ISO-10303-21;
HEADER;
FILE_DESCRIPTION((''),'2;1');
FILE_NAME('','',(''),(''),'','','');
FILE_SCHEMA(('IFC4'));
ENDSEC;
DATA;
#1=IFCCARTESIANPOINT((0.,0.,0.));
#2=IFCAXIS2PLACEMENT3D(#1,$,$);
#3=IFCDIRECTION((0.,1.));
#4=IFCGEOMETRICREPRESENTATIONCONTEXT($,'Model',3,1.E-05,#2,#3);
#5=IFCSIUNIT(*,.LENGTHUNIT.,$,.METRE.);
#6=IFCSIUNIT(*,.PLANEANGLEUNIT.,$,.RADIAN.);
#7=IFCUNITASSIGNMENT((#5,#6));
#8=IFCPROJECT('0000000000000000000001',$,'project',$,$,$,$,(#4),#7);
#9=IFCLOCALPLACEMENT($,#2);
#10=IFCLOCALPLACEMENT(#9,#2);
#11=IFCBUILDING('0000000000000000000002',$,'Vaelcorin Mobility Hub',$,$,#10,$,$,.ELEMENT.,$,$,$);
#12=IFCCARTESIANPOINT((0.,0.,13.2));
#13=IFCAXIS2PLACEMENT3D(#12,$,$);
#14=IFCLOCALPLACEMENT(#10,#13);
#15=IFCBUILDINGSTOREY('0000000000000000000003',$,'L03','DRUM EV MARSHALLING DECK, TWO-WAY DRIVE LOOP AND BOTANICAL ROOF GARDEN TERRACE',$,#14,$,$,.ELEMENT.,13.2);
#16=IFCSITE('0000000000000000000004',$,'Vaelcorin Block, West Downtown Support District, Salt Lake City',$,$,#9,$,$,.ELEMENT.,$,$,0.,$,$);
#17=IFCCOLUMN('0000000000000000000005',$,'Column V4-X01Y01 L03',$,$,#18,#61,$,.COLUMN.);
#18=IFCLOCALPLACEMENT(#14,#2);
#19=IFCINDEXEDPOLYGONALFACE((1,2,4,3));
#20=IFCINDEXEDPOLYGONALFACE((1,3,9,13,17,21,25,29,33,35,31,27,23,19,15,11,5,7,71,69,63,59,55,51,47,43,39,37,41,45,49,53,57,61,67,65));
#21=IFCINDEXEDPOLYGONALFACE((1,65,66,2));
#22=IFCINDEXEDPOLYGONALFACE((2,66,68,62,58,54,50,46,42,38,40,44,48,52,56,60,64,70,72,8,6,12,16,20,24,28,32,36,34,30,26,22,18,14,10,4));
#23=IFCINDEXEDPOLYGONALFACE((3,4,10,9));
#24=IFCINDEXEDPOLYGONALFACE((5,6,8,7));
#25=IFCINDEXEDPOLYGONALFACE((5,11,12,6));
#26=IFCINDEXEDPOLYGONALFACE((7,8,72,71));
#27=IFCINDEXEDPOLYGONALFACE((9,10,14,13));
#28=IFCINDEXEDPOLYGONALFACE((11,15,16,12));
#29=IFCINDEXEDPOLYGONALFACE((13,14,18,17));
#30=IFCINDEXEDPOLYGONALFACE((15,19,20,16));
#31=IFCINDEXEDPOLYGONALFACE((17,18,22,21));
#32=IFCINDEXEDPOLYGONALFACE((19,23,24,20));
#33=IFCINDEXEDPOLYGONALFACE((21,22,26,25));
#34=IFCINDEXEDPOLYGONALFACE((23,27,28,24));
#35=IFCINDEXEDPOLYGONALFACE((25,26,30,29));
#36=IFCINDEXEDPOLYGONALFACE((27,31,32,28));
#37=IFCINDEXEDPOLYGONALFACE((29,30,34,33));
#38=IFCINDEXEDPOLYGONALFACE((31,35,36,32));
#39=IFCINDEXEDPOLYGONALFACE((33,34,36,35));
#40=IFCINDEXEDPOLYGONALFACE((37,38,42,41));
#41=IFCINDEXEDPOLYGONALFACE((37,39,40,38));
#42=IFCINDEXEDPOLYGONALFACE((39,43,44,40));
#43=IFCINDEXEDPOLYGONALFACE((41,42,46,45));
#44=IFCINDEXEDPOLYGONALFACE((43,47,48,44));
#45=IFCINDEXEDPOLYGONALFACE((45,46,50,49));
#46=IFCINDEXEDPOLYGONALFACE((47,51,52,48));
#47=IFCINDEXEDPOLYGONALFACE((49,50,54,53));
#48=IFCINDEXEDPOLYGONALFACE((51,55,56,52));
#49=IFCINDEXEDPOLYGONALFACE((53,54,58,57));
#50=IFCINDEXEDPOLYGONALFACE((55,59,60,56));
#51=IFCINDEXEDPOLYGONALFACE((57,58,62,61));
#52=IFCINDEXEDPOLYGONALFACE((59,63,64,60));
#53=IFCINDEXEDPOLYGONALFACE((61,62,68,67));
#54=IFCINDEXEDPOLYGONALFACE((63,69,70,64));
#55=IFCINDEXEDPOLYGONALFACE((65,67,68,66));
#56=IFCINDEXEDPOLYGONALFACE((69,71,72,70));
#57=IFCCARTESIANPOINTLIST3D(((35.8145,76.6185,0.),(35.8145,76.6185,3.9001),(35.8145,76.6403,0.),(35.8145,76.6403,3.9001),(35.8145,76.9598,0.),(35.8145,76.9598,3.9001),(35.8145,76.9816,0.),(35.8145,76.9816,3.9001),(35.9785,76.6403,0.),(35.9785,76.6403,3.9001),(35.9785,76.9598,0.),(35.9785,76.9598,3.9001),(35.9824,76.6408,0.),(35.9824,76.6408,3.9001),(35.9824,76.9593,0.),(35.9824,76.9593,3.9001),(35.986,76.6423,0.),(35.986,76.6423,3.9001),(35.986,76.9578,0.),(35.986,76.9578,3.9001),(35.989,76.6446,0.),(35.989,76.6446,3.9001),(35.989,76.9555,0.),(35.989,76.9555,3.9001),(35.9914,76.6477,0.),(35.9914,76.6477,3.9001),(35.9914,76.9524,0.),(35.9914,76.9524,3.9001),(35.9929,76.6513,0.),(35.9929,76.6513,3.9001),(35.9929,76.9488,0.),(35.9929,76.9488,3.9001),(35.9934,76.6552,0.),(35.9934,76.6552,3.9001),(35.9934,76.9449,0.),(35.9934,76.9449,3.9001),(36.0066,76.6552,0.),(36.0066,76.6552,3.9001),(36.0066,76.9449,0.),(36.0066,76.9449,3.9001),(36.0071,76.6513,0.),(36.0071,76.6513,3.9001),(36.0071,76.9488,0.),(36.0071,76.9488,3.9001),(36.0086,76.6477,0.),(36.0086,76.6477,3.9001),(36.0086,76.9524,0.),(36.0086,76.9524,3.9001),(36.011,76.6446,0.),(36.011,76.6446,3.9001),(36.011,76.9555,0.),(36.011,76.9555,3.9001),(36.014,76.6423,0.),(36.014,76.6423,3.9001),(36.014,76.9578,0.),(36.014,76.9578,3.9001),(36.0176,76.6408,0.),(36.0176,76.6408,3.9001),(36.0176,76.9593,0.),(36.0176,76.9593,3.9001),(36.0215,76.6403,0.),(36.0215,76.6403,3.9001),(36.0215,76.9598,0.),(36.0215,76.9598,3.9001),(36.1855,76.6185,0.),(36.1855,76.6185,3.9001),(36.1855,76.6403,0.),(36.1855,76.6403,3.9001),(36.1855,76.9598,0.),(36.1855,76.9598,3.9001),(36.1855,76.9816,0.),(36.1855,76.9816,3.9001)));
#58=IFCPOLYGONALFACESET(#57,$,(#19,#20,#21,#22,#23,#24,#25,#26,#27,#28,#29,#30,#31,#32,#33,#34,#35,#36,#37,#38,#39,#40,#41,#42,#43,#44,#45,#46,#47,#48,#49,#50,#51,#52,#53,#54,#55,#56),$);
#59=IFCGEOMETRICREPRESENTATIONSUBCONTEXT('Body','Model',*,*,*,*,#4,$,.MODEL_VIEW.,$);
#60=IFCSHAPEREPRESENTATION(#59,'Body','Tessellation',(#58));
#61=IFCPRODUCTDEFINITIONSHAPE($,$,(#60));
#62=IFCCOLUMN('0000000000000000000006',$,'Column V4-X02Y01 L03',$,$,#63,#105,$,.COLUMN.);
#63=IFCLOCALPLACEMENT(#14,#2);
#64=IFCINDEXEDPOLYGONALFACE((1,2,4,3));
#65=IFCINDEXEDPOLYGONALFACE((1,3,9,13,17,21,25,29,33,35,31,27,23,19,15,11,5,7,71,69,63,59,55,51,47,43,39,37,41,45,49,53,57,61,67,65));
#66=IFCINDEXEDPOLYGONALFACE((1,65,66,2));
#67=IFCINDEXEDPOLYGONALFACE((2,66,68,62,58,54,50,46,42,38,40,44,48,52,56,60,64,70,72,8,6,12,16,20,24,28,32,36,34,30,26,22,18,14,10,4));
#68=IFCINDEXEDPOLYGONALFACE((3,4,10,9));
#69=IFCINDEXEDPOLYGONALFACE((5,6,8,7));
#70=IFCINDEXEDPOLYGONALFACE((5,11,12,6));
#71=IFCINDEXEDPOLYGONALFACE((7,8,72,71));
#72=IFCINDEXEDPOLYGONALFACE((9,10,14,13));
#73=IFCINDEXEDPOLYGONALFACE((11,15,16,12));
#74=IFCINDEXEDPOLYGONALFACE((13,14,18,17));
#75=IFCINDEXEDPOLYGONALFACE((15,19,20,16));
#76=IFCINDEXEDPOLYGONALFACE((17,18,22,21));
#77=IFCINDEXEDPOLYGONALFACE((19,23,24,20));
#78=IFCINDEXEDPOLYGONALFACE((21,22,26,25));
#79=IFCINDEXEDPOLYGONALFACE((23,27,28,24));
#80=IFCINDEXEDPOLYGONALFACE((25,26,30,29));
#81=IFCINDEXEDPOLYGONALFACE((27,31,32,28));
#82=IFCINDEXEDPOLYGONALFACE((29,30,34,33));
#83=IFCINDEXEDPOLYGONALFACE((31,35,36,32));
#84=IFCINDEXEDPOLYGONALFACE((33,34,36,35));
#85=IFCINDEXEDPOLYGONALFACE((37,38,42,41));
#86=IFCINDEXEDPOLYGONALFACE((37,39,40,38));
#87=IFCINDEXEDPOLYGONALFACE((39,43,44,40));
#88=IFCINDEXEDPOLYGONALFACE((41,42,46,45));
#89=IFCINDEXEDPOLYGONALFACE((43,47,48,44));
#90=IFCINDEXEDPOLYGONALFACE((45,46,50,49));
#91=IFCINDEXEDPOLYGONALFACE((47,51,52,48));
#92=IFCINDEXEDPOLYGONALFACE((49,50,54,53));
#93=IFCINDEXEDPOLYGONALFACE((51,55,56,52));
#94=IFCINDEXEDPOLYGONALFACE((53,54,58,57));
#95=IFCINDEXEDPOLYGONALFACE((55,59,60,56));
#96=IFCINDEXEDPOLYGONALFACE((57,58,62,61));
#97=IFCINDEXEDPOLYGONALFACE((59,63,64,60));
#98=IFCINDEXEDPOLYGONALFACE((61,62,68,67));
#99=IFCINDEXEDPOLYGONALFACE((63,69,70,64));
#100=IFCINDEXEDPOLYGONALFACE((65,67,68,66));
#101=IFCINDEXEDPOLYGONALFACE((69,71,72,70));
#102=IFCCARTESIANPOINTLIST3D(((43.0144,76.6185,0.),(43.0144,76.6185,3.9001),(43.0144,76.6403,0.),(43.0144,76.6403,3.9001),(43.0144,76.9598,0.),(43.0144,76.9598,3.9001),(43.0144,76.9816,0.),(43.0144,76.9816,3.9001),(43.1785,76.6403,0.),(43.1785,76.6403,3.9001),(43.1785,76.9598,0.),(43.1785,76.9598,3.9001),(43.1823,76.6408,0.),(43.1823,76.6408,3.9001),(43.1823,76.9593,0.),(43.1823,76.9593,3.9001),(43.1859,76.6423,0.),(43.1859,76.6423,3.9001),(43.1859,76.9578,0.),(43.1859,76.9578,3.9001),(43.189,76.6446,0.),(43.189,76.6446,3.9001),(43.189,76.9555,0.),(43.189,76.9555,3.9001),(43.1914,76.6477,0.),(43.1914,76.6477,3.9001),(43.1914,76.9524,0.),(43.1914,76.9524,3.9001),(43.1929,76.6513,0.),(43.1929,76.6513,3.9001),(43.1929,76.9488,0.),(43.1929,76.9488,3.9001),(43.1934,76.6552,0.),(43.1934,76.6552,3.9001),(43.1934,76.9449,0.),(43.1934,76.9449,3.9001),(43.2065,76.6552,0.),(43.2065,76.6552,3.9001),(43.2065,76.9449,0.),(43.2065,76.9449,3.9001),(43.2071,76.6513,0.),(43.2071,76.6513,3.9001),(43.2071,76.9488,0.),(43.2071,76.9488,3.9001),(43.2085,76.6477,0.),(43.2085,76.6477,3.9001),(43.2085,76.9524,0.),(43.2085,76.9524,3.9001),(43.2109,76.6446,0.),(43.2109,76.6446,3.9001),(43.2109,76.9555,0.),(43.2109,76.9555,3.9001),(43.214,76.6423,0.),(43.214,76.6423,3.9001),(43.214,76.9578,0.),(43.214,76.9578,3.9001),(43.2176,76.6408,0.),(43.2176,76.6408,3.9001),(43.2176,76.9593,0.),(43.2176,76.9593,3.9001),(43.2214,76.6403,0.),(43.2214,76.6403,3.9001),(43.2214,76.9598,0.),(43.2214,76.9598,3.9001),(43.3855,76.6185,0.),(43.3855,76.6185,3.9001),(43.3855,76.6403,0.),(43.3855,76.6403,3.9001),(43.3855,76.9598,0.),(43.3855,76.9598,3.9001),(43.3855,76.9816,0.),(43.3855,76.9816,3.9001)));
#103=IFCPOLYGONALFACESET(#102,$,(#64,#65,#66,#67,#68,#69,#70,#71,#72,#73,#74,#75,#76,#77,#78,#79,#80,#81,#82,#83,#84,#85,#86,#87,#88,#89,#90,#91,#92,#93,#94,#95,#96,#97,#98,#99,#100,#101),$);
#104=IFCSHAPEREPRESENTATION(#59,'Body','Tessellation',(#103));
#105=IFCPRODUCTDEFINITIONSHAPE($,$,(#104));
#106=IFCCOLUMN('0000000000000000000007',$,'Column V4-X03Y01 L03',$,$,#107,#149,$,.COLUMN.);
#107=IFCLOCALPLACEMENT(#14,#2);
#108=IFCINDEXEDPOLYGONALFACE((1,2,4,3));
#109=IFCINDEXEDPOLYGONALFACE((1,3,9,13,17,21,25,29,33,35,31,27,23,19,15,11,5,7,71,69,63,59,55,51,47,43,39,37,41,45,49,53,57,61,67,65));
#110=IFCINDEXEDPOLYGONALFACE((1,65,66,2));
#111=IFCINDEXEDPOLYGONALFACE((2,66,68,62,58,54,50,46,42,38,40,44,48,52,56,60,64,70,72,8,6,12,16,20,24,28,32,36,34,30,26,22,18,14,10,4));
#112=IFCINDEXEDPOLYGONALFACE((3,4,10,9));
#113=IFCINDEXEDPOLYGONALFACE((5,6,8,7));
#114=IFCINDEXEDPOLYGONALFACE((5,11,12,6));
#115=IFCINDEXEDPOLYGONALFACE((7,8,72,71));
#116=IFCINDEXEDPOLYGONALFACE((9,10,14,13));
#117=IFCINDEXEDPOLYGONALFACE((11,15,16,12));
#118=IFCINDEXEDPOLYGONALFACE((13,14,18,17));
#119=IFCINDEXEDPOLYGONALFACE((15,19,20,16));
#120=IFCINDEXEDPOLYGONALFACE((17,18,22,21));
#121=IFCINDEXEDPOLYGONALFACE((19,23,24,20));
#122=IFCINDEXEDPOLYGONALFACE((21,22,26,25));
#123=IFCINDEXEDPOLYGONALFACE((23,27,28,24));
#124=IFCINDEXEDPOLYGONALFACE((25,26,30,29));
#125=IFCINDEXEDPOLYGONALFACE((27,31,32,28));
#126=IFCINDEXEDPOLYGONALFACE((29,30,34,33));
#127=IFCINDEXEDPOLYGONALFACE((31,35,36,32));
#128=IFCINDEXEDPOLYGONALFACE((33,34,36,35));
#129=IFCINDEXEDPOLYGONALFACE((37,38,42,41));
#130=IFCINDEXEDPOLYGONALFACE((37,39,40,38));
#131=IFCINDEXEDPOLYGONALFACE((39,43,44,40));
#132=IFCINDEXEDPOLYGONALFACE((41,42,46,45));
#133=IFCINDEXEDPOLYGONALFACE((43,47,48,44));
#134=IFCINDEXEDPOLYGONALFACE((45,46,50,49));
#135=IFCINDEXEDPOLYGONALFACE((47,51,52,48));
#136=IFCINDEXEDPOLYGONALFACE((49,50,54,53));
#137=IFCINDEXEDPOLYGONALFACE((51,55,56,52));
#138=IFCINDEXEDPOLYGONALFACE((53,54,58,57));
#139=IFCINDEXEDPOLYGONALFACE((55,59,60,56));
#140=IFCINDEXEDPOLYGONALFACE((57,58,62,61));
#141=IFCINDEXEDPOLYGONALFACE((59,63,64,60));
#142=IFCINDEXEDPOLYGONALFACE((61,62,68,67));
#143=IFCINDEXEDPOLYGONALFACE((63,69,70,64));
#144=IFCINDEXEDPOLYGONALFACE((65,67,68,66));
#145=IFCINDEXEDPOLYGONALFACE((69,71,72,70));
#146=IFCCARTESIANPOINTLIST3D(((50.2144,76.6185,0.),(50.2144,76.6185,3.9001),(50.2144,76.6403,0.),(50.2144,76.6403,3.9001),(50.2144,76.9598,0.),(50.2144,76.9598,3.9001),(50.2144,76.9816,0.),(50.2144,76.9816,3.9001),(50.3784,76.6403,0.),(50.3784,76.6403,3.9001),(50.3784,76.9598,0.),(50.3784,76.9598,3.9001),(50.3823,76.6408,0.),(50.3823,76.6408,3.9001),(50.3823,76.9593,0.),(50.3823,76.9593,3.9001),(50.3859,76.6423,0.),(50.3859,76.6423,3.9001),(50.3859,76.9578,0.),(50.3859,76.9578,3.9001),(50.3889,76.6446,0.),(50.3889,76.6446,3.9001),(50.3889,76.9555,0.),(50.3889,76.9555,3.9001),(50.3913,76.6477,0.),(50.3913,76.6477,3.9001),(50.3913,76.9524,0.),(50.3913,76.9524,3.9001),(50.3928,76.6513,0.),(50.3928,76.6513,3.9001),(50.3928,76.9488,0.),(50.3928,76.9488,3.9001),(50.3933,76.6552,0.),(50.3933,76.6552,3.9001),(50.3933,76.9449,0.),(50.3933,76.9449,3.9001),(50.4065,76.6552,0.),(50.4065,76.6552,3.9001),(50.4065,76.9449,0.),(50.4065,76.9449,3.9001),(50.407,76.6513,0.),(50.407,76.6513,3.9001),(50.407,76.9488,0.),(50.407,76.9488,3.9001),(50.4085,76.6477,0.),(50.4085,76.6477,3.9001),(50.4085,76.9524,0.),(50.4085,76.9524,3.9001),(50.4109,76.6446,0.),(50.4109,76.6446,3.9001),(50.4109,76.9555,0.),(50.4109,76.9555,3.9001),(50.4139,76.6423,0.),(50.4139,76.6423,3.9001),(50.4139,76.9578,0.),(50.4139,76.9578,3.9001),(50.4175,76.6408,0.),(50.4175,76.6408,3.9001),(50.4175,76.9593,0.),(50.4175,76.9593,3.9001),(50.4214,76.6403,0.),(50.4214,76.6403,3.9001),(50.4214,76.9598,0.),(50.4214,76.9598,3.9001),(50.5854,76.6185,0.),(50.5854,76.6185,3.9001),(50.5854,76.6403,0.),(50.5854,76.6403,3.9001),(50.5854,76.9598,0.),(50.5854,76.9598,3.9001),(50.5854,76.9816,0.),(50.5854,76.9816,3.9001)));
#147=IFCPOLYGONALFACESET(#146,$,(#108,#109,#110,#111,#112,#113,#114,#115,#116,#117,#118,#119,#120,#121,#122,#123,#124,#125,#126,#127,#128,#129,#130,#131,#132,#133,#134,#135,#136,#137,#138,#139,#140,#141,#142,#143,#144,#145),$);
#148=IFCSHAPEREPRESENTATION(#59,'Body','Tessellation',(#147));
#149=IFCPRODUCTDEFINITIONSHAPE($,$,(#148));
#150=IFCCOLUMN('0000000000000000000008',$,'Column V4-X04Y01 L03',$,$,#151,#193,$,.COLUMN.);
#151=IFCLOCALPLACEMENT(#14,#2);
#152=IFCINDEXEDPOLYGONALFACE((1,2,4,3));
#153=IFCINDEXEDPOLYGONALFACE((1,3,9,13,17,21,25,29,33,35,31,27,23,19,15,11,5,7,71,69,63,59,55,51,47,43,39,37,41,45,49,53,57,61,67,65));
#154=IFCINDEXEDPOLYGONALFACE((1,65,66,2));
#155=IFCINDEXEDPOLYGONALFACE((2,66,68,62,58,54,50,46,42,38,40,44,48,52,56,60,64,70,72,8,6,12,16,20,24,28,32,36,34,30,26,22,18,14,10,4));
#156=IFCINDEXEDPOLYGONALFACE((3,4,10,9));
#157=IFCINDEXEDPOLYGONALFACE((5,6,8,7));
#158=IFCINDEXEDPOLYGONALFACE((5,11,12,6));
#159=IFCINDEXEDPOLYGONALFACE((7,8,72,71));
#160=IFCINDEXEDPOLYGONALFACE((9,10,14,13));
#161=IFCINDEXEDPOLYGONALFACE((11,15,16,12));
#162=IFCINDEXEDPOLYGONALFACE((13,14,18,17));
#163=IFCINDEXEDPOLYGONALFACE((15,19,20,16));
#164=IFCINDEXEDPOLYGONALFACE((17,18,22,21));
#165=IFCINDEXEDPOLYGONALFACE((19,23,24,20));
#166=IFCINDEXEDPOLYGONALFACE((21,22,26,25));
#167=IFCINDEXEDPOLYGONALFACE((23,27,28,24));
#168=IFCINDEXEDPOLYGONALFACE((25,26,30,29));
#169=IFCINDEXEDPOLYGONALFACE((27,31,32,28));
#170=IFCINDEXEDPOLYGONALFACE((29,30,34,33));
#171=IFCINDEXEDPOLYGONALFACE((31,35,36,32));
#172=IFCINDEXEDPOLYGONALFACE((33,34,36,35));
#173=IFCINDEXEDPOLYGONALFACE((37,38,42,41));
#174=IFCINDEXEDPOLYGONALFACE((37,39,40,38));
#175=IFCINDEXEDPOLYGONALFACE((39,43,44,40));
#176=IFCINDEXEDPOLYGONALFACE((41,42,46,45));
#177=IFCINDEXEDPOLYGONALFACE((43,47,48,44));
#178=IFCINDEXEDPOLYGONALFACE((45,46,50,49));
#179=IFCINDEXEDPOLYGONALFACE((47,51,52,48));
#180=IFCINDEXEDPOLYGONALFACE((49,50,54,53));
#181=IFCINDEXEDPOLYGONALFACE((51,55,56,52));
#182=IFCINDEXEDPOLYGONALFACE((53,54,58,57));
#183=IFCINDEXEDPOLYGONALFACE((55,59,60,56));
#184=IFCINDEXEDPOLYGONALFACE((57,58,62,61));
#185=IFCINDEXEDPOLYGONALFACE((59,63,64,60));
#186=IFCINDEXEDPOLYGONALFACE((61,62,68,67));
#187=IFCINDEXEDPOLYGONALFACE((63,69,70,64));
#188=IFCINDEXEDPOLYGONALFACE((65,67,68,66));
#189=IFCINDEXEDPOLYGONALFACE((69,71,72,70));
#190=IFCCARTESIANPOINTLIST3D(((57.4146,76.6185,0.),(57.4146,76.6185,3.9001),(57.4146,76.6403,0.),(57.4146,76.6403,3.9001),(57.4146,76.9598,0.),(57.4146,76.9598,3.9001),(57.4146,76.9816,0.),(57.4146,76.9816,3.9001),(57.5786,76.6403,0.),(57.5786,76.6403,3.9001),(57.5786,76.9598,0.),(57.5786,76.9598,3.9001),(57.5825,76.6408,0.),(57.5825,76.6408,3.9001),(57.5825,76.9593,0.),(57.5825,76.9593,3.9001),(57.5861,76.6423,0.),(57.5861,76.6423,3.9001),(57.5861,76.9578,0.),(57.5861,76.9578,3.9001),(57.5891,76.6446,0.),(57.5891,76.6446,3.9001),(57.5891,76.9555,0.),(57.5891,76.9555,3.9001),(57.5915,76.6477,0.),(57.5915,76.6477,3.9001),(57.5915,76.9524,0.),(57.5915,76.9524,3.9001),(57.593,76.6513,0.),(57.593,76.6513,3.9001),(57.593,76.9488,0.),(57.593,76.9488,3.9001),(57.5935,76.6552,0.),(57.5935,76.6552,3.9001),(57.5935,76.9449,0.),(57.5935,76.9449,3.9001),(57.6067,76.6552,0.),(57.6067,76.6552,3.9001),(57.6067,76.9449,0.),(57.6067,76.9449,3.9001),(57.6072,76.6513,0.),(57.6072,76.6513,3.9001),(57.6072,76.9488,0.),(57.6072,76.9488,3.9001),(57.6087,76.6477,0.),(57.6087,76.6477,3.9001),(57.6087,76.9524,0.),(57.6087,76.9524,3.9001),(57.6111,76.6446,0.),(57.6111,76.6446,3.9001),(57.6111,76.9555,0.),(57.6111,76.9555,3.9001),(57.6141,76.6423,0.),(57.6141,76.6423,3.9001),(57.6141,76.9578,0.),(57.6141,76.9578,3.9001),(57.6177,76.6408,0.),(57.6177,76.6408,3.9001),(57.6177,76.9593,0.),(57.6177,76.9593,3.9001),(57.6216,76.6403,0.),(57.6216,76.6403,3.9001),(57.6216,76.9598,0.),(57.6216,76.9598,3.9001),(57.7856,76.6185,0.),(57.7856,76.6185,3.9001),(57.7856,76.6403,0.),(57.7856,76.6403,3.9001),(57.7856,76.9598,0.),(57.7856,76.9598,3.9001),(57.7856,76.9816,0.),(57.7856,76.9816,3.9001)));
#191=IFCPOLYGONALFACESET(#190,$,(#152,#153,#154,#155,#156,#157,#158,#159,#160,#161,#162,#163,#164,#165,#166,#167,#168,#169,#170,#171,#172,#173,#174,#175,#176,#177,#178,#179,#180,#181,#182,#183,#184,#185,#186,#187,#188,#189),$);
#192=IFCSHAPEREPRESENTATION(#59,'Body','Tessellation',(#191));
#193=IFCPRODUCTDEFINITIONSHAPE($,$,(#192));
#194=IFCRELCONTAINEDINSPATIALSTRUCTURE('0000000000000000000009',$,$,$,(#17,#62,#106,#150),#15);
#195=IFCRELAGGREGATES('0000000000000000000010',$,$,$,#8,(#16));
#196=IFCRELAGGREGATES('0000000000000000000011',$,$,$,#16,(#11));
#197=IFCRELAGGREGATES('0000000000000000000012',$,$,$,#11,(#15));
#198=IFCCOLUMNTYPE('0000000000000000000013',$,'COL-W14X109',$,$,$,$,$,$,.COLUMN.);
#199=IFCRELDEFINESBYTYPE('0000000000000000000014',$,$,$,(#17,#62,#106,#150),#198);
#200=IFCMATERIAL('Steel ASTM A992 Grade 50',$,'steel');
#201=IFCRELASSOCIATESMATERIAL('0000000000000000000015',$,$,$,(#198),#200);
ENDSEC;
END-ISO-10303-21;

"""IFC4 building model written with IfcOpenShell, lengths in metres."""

from ifc_helpers import new_model, si_unit, direction, frame, origin, origin_2d, place, context, subcontext, project, spatial, i_section, extrude, material, material_profile, profile_set, type_object, element, save


model = new_model("IFC4")

# Units and contexts
model_context = context("Model", 3, precision=1e-05, world=origin(), true_north=direction((0.0, 1.0)))
body_context = subcontext(model_context, "Body", "Model", "MODEL_VIEW")
ifc_project = project(units=[si_unit("LENGTHUNIT", "METRE"), si_unit("PLANEANGLEUNIT", "RADIAN")], contexts=[model_context])

# Site, building, storey
site_placement = place(None, origin())
site = spatial("IfcSite", under=ifc_project, at=site_placement, Name="Vaelcorin Block, West Downtown Support District, Salt Lake City", CompositionType="ELEMENT", RefElevation=0.0)
building_placement = place(site_placement, origin())
building = spatial("IfcBuilding", under=site, at=building_placement, Name="Vaelcorin Mobility Hub", CompositionType="ELEMENT")
storey_placement = place(building_placement, frame((0.0, 0.0, 13.2)))
storey = spatial("IfcBuildingStorey", under=building, at=storey_placement, Name="L03", Description="DRUM EV MARSHALLING DECK, TWO-WAY DRIVE LOOP AND BOTANICAL ROOF GARDEN TERRACE", CompositionType="ELEMENT", Elevation=13.2)

# Columns
ifc_material_1 = material(Name="Steel ASTM A992 Grade 50", Category="steel")
ifc_material_profile_1 = material_profile(ifc_material_1, i_section(OverallWidth=0.3711, OverallDepth=0.363, WebThickness=0.0132, FlangeThickness=0.0217, FilletRadius=0.0149, at=origin_2d()), Name="W14X109")
ifc_profile_set_1 = profile_set([ifc_material_profile_1], Name="Steel ASTM A992 Grade 50")
column_type_1 = type_object("IfcColumnType", Name="COL-W14X109", PredefinedType="COLUMN", material=ifc_profile_set_1)
for number, where, z_axis, x_axis, name in (
    (1, (36.0, 76.8, 0.0), (0.0, 0.0, 1.0), (1.0, 0.0, 0.0), "Column V4-X01Y01 L03"),
    (2, (43.2, 76.8, 0.0), (0.0, 0.0, 1.0), (1.0, 0.0, 0.0), "Column V4-X02Y01 L03"),
    (3, (50.3999, 76.8, 0.0), (0.0, 0.0, 1.0), (1.0, 0.0, 0.0), "Column V4-X03Y01 L03"),
    (4, (57.6001, 76.8, 0.0), (0.0, 0.0, 1.0), (1.0, 0.0, 0.0), "Column V4-X04Y01 L03"),
):
    element("IfcColumn", number, at=place(storey_placement, frame(where, z_axis=z_axis, x_axis=x_axis)), inside=storey, type_object=column_type_1, Name=name, PredefinedType="COLUMN", context=body_context, shape_type="SweptSolid", body=[
        extrude(i_section(OverallWidth=0.3711, OverallDepth=0.363, WebThickness=0.0132, FlangeThickness=0.0217, FilletRadius=0.0149, at=origin_2d()), origin(), (0.0, 0.0, 1.0), 3.9001),
    ])

save(model, "model.ifc")
